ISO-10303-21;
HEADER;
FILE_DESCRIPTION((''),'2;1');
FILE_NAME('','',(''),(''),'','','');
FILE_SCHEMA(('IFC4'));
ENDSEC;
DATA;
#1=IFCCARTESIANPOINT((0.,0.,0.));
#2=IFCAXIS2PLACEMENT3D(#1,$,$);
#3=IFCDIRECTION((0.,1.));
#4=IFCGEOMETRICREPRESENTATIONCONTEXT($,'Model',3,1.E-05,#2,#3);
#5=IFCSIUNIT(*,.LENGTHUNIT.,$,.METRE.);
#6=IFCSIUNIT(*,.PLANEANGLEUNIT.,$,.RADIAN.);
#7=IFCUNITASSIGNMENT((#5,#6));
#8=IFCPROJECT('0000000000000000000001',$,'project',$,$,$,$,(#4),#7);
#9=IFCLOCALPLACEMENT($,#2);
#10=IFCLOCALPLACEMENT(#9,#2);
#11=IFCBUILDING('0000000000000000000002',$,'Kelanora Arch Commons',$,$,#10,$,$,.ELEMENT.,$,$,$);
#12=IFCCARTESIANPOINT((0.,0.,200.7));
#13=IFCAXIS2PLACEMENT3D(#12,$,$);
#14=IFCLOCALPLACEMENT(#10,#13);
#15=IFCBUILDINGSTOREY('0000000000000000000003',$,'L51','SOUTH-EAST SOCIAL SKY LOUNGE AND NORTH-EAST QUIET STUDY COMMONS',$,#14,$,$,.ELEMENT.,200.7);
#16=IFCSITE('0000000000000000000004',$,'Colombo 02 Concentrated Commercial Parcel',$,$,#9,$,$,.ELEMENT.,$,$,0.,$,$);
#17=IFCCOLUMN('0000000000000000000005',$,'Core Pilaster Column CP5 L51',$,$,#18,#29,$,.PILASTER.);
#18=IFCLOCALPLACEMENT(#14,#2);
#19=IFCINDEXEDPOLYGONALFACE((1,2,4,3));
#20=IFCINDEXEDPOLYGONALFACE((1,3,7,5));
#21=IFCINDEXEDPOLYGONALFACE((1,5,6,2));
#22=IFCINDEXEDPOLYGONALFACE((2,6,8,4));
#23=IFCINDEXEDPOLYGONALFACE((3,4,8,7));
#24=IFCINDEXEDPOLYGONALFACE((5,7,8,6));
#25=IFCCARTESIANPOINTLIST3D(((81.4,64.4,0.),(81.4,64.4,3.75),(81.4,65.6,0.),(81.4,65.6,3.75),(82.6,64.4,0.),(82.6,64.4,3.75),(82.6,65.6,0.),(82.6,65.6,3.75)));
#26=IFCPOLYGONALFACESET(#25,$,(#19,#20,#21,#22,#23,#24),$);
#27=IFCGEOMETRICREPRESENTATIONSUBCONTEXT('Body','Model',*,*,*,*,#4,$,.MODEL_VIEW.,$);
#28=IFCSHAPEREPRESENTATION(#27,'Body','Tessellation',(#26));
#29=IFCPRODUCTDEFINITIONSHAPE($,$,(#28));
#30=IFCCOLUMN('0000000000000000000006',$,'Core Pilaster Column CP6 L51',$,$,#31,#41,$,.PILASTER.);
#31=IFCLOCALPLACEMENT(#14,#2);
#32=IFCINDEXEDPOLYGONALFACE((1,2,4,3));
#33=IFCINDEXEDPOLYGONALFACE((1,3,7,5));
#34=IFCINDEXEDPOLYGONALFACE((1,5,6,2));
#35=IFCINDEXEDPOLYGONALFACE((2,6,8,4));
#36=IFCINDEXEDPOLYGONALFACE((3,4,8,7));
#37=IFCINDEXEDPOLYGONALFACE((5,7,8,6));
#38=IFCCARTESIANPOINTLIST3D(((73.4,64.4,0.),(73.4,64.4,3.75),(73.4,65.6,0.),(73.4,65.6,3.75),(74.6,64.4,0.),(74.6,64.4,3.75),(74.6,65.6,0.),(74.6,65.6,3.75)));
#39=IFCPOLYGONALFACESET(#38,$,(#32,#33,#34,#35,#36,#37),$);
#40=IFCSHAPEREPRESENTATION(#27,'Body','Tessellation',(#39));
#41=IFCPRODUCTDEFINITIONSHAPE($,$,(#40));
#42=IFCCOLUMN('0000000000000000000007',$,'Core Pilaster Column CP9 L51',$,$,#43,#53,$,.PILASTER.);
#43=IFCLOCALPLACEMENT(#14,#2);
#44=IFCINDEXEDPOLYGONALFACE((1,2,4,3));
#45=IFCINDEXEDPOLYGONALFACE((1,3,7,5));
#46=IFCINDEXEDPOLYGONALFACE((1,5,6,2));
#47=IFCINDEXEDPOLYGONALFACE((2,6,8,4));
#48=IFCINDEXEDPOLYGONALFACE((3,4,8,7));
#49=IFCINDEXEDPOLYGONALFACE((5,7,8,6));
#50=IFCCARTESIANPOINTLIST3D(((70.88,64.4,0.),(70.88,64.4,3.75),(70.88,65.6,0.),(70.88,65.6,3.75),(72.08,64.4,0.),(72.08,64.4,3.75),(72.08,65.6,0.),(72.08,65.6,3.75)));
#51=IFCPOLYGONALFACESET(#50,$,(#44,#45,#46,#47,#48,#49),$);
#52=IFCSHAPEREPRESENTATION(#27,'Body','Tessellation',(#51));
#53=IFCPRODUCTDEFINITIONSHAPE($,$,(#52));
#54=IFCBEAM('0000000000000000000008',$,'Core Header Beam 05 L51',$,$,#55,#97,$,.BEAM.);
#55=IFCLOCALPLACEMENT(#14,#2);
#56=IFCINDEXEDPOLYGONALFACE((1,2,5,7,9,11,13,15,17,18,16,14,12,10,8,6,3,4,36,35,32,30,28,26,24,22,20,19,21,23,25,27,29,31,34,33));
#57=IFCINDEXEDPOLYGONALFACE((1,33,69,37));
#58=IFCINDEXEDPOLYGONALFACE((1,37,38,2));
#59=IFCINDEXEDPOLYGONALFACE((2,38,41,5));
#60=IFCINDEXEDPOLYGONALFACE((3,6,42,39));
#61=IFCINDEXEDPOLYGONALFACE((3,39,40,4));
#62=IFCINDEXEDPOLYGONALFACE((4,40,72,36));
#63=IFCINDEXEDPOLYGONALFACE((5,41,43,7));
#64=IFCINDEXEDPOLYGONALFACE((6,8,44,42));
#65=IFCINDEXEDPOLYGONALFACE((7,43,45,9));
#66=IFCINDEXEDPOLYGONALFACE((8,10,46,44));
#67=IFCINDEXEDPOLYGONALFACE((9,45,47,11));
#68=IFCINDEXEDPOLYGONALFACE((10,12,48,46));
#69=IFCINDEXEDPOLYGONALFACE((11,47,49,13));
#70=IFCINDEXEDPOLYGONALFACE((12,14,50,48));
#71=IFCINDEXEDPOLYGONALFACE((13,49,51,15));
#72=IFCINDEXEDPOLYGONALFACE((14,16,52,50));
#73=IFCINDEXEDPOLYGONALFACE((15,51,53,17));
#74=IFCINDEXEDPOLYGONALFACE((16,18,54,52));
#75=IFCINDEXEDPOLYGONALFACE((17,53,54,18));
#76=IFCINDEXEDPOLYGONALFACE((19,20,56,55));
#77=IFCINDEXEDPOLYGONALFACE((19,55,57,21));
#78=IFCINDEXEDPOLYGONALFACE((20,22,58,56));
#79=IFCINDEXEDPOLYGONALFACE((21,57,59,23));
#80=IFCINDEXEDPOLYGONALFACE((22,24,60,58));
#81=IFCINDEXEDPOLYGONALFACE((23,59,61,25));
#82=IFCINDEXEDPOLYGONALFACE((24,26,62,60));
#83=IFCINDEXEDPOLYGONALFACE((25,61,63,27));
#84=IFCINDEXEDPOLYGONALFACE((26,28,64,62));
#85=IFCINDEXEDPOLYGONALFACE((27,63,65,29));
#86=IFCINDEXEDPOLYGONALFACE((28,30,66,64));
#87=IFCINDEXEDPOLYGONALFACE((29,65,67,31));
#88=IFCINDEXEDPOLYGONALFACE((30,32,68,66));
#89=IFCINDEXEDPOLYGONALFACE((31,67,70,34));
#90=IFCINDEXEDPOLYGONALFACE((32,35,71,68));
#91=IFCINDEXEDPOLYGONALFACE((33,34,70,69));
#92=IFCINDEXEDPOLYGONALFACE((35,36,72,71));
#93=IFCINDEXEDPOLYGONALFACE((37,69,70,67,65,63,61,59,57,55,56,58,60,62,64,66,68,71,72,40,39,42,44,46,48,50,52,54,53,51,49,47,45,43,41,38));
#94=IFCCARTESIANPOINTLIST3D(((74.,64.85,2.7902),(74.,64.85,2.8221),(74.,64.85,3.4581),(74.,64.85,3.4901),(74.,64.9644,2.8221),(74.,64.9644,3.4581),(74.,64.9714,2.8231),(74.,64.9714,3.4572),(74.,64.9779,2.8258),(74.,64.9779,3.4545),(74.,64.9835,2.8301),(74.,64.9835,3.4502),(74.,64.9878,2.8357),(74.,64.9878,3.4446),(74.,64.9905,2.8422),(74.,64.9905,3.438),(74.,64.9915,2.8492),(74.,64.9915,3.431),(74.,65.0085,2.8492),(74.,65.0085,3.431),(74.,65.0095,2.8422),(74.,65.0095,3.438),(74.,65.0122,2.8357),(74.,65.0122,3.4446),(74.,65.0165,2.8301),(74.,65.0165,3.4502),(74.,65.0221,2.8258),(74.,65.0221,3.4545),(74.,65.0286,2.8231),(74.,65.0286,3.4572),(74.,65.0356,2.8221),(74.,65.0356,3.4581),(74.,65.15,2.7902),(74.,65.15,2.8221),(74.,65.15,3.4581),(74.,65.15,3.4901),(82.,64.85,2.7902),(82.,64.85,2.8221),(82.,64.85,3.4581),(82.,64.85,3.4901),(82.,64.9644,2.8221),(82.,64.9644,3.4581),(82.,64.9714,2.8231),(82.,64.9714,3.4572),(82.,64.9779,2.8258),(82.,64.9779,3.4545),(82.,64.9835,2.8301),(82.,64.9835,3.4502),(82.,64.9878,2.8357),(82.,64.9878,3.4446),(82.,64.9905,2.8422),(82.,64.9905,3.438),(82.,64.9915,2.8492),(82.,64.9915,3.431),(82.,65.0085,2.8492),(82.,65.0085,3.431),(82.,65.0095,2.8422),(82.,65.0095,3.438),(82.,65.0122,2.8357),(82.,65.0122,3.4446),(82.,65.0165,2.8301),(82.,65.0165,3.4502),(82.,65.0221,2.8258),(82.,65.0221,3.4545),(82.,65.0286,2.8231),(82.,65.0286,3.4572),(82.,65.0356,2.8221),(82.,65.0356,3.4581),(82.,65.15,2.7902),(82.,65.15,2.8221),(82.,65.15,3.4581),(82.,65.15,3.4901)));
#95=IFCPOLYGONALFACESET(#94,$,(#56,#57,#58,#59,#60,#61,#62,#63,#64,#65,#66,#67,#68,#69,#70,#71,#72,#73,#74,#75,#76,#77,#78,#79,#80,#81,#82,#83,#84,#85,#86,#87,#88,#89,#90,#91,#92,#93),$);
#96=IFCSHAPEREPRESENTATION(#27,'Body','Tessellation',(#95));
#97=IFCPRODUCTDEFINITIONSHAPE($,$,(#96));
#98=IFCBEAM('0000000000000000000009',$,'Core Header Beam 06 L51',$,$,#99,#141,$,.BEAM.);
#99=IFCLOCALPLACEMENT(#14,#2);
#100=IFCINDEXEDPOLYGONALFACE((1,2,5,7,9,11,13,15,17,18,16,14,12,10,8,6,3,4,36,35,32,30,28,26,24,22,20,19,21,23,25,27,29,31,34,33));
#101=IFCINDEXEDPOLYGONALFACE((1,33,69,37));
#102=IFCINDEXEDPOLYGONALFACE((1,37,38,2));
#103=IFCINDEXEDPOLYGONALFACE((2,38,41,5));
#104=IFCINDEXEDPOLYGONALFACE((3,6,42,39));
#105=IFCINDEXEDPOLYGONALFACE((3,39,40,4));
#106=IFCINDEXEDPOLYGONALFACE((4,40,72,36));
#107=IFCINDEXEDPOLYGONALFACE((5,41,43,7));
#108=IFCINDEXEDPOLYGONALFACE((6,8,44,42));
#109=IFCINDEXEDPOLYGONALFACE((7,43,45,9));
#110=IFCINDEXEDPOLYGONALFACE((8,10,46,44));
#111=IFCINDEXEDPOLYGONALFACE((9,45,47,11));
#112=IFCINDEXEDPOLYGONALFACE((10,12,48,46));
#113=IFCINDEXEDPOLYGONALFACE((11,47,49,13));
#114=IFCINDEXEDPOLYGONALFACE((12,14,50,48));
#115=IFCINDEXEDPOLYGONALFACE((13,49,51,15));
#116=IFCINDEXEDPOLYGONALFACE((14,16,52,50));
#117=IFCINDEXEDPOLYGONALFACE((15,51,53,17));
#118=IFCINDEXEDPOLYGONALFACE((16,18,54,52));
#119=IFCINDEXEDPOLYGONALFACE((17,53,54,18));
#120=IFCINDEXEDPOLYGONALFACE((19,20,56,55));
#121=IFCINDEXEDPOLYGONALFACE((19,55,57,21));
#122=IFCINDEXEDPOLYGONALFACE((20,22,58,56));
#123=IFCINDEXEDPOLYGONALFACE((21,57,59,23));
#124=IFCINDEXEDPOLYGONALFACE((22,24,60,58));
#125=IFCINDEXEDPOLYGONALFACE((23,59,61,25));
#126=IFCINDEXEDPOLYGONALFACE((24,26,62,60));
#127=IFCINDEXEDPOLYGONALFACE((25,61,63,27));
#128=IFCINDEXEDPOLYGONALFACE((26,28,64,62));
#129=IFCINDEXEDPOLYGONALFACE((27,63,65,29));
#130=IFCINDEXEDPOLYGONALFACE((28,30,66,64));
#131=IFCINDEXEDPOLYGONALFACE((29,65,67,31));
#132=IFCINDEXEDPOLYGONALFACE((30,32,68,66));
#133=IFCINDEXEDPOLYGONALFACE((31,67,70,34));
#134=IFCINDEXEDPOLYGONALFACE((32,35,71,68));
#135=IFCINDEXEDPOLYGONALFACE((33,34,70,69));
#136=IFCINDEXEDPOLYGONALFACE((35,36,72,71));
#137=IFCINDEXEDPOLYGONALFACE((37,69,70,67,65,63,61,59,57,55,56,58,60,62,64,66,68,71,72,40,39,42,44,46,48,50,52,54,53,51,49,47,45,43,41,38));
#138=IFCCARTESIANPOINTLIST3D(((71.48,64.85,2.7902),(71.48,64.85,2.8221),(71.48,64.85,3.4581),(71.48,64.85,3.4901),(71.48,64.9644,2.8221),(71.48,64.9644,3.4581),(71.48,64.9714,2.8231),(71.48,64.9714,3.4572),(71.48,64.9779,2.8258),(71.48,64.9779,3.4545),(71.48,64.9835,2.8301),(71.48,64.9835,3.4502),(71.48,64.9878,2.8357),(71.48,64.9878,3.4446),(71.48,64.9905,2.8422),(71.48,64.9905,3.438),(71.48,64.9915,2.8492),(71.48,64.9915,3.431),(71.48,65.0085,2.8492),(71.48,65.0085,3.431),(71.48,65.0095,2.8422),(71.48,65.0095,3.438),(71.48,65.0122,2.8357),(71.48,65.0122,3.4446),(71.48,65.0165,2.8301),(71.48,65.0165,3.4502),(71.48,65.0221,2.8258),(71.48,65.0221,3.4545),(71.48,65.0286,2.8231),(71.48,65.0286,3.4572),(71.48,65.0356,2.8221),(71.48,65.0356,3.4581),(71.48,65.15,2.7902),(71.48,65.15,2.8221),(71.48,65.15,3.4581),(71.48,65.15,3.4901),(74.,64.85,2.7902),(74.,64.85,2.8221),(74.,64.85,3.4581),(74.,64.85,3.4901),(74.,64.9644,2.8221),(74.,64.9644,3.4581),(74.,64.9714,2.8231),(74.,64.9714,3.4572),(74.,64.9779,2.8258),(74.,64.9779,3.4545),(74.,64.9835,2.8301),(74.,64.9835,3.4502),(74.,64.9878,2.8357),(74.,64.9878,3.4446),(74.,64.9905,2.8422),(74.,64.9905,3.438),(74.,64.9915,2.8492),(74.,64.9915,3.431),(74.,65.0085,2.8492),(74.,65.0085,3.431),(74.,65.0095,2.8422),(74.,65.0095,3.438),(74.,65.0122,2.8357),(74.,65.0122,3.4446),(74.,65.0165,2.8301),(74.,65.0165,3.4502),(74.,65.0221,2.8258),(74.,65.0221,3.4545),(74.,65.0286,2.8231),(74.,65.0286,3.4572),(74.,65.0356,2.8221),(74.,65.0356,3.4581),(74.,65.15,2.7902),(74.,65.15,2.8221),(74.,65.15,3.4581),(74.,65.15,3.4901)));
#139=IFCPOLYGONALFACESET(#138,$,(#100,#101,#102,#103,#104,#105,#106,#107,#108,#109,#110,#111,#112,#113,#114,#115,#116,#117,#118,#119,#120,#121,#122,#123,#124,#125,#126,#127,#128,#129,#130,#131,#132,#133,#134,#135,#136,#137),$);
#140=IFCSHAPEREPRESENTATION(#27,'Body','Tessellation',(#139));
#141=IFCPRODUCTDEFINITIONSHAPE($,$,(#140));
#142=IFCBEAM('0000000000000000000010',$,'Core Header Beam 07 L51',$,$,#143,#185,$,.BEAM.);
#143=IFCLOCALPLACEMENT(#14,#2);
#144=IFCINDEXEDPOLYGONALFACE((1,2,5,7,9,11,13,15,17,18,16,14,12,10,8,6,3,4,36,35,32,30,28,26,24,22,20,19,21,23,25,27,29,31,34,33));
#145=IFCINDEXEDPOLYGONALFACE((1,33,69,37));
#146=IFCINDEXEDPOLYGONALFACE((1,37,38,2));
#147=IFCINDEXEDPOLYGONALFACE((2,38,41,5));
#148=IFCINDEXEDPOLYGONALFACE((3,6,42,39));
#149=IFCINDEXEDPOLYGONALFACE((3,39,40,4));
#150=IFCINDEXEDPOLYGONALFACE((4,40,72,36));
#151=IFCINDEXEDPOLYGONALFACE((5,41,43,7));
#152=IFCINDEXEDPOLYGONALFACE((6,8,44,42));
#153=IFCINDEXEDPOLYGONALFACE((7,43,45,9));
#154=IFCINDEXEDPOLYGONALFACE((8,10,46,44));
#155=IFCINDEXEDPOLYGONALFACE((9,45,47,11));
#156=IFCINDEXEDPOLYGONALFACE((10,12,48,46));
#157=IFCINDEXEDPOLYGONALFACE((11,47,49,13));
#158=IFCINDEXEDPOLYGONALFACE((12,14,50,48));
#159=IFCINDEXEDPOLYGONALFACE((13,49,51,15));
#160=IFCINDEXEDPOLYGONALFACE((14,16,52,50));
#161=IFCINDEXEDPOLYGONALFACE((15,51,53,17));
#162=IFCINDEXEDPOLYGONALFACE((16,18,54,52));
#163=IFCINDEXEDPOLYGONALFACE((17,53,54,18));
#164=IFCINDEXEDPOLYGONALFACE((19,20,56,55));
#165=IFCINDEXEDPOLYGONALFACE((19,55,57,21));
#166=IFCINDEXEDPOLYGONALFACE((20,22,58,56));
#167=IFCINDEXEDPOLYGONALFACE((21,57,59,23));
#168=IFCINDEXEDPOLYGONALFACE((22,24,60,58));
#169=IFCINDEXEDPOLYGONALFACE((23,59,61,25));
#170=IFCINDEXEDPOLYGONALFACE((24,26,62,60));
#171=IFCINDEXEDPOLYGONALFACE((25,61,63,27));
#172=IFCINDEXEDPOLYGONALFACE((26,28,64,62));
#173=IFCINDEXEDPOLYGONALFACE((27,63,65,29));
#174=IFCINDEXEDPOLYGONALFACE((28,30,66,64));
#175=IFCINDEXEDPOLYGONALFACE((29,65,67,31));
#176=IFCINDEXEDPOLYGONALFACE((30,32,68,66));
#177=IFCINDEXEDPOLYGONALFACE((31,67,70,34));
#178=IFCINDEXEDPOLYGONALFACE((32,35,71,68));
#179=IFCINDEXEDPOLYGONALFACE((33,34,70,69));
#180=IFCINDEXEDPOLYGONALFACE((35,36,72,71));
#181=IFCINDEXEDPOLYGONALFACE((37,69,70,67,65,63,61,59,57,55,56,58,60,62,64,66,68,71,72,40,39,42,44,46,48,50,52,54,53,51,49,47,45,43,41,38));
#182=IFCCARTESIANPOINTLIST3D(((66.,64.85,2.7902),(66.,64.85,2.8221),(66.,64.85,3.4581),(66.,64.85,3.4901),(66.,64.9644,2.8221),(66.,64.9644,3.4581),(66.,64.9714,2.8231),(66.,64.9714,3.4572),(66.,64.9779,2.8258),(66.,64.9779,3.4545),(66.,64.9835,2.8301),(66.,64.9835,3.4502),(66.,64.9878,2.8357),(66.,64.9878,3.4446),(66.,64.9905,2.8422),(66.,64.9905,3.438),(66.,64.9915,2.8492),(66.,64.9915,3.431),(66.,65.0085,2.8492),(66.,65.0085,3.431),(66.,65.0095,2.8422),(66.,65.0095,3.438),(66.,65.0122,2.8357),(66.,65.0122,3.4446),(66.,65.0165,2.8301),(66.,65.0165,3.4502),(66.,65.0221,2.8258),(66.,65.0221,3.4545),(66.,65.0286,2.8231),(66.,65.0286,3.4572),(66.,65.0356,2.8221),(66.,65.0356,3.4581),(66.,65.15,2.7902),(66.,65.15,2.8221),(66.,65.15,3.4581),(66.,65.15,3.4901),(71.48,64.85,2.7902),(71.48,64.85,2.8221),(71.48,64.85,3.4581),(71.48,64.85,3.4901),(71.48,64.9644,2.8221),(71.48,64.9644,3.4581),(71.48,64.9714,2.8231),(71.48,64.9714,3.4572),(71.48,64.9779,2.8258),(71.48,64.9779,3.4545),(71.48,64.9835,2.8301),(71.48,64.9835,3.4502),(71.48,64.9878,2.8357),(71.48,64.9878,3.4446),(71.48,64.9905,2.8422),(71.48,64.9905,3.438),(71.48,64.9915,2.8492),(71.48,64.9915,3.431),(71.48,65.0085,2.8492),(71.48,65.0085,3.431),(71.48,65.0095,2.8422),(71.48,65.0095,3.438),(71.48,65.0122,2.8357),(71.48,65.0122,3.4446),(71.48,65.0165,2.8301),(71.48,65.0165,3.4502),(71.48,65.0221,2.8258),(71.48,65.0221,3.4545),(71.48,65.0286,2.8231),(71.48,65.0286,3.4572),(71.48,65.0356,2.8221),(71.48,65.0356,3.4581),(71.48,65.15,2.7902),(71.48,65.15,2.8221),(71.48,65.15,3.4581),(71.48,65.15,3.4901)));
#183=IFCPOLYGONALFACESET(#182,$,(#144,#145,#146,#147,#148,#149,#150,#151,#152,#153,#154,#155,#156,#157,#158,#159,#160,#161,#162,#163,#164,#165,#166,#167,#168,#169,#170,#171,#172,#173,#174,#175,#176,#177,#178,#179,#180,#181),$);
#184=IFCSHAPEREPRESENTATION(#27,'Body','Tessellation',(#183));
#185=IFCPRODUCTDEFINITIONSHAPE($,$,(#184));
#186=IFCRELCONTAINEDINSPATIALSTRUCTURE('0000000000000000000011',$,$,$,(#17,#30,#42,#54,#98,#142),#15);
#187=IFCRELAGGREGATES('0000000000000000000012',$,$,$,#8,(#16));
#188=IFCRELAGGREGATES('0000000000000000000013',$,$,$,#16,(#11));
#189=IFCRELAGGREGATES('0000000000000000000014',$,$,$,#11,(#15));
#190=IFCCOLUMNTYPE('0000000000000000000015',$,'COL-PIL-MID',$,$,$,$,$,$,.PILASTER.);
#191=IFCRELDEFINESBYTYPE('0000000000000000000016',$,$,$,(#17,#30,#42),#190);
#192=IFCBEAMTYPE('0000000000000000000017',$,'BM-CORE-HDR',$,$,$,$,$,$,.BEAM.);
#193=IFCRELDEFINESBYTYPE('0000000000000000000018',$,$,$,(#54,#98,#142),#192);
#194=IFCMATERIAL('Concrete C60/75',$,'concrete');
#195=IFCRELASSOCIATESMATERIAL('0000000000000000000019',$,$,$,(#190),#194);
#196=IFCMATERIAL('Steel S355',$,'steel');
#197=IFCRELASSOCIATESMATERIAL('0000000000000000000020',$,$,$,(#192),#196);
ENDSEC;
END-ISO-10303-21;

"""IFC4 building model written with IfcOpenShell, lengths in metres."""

from ifc_helpers import new_model, si_unit, direction, frame, origin, origin_2d, place, context, subcontext, project, spatial, rectangle, i_section, extrude, material, material_profile, profile_set, type_object, element, save


model = new_model("IFC4")

# Units and contexts
model_context = context("Model", 3, precision=1e-05, world=origin(), true_north=direction((0.0, 1.0)))
body_context = subcontext(model_context, "Body", "Model", "MODEL_VIEW")
ifc_project = project(units=[si_unit("LENGTHUNIT", "METRE"), si_unit("PLANEANGLEUNIT", "RADIAN")], contexts=[model_context])

# Site, building, storey
site_placement = place(None, origin())
site = spatial("IfcSite", under=ifc_project, at=site_placement, Name="Colombo 02 Concentrated Commercial Parcel", CompositionType="ELEMENT", RefElevation=0.0)
building_placement = place(site_placement, origin())
building = spatial("IfcBuilding", under=site, at=building_placement, Name="Kelanora Arch Commons", CompositionType="ELEMENT")
storey_placement = place(building_placement, frame((0.0, 0.0, 200.7)))
storey = spatial("IfcBuildingStorey", under=building, at=storey_placement, Name="L51", Description="SOUTH-EAST SOCIAL SKY LOUNGE AND NORTH-EAST QUIET STUDY COMMONS", CompositionType="ELEMENT", Elevation=200.7)

# Columns
ifc_material_1 = material(Name="Concrete C60/75", Category="concrete")
ifc_material_profile_1 = material_profile(ifc_material_1, rectangle(XDim=1.2, YDim=1.2, at=origin_2d()), Name="RC1200x1200")
ifc_profile_set_1 = profile_set([ifc_material_profile_1], Name="Concrete C60/75")
column_type = type_object("IfcColumnType", Name="COL-PIL-MID", PredefinedType="PILASTER", material=ifc_profile_set_1)
for number, where, z_axis, x_axis, name in (
    (1, (82.0, 65.0, 0.0), (0.0, 0.0, 1.0), (1.0, 0.0, 0.0), "Core Pilaster Column CP5 L51"),
    (2, (74.0, 65.0, 0.0), (0.0, 0.0, 1.0), (1.0, 0.0, 0.0), "Core Pilaster Column CP6 L51"),
    (3, (71.48, 65.0, 0.0), (0.0, 0.0, 1.0), (1.0, 0.0, 0.0), "Core Pilaster Column CP9 L51"),
):
    element("IfcColumn", number, at=place(storey_placement, frame(where, z_axis=z_axis, x_axis=x_axis)), inside=storey, type_object=column_type, Name=name, PredefinedType="PILASTER", context=body_context, shape_type="SweptSolid", body=[
        extrude(rectangle(XDim=1.2, YDim=1.2, at=origin_2d()), origin(), (0.0, 0.0, 1.0), 3.75),
    ])

# Beams
ifc_material_2 = material(Name="Steel S355", Category="steel")
ifc_material_profile_2 = material_profile(ifc_material_2, i_section(OverallWidth=0.3, OverallDepth=0.7, WebThickness=0.0171, FlangeThickness=0.032, FilletRadius=0.0271, at=origin_2d()), Name="HEB700")
ifc_profile_set_2 = profile_set([ifc_material_profile_2], Name="Steel S355")
beam_type_1 = type_object("IfcBeamType", Name="BM-CORE-HDR", PredefinedType="BEAM", material=ifc_profile_set_2)
beam_1_placement = place(storey_placement, frame((82.0, 65.0, 3.1401), z_axis=(-1.0, 0.0, 0.0), x_axis=(0.0, -1.0, 0.0)))
element("IfcBeam", 4, at=beam_1_placement, inside=storey, type_object=beam_type_1, Name="Core Header Beam 05 L51", PredefinedType="BEAM", context=body_context, shape_type="SweptSolid", body=[
    extrude(i_section(OverallWidth=0.3, OverallDepth=0.7, WebThickness=0.0171, FlangeThickness=0.032, FilletRadius=0.0271, at=origin_2d()), origin(), (0.0, 0.0, 1.0), 8.0),
])
beam_2_placement = place(storey_placement, frame((74.0, 65.0, 3.1401), z_axis=(-1.0, 0.0, 0.0), x_axis=(0.0, -1.0, 0.0)))
element("IfcBeam", 5, at=beam_2_placement, inside=storey, type_object=beam_type_1, Name="Core Header Beam 06 L51", PredefinedType="BEAM", context=body_context, shape_type="SweptSolid", body=[
    extrude(i_section(OverallWidth=0.3, OverallDepth=0.7, WebThickness=0.0171, FlangeThickness=0.032, FilletRadius=0.0271, at=origin_2d()), origin(), (0.0, 0.0, 1.0), 2.52),
])
beam_3_placement = place(storey_placement, frame((71.48, 65.0, 3.1401), z_axis=(-1.0, 0.0, 0.0), x_axis=(0.0, -1.0, 0.0)))
element("IfcBeam", 6, at=beam_3_placement, inside=storey, type_object=beam_type_1, Name="Core Header Beam 07 L51", PredefinedType="BEAM", context=body_context, shape_type="SweptSolid", body=[
    extrude(i_section(OverallWidth=0.3, OverallDepth=0.7, WebThickness=0.0171, FlangeThickness=0.032, FilletRadius=0.0271, at=origin_2d()), origin(), (0.0, 0.0, 1.0), 5.48),
])

save(model, "model.ifc")
